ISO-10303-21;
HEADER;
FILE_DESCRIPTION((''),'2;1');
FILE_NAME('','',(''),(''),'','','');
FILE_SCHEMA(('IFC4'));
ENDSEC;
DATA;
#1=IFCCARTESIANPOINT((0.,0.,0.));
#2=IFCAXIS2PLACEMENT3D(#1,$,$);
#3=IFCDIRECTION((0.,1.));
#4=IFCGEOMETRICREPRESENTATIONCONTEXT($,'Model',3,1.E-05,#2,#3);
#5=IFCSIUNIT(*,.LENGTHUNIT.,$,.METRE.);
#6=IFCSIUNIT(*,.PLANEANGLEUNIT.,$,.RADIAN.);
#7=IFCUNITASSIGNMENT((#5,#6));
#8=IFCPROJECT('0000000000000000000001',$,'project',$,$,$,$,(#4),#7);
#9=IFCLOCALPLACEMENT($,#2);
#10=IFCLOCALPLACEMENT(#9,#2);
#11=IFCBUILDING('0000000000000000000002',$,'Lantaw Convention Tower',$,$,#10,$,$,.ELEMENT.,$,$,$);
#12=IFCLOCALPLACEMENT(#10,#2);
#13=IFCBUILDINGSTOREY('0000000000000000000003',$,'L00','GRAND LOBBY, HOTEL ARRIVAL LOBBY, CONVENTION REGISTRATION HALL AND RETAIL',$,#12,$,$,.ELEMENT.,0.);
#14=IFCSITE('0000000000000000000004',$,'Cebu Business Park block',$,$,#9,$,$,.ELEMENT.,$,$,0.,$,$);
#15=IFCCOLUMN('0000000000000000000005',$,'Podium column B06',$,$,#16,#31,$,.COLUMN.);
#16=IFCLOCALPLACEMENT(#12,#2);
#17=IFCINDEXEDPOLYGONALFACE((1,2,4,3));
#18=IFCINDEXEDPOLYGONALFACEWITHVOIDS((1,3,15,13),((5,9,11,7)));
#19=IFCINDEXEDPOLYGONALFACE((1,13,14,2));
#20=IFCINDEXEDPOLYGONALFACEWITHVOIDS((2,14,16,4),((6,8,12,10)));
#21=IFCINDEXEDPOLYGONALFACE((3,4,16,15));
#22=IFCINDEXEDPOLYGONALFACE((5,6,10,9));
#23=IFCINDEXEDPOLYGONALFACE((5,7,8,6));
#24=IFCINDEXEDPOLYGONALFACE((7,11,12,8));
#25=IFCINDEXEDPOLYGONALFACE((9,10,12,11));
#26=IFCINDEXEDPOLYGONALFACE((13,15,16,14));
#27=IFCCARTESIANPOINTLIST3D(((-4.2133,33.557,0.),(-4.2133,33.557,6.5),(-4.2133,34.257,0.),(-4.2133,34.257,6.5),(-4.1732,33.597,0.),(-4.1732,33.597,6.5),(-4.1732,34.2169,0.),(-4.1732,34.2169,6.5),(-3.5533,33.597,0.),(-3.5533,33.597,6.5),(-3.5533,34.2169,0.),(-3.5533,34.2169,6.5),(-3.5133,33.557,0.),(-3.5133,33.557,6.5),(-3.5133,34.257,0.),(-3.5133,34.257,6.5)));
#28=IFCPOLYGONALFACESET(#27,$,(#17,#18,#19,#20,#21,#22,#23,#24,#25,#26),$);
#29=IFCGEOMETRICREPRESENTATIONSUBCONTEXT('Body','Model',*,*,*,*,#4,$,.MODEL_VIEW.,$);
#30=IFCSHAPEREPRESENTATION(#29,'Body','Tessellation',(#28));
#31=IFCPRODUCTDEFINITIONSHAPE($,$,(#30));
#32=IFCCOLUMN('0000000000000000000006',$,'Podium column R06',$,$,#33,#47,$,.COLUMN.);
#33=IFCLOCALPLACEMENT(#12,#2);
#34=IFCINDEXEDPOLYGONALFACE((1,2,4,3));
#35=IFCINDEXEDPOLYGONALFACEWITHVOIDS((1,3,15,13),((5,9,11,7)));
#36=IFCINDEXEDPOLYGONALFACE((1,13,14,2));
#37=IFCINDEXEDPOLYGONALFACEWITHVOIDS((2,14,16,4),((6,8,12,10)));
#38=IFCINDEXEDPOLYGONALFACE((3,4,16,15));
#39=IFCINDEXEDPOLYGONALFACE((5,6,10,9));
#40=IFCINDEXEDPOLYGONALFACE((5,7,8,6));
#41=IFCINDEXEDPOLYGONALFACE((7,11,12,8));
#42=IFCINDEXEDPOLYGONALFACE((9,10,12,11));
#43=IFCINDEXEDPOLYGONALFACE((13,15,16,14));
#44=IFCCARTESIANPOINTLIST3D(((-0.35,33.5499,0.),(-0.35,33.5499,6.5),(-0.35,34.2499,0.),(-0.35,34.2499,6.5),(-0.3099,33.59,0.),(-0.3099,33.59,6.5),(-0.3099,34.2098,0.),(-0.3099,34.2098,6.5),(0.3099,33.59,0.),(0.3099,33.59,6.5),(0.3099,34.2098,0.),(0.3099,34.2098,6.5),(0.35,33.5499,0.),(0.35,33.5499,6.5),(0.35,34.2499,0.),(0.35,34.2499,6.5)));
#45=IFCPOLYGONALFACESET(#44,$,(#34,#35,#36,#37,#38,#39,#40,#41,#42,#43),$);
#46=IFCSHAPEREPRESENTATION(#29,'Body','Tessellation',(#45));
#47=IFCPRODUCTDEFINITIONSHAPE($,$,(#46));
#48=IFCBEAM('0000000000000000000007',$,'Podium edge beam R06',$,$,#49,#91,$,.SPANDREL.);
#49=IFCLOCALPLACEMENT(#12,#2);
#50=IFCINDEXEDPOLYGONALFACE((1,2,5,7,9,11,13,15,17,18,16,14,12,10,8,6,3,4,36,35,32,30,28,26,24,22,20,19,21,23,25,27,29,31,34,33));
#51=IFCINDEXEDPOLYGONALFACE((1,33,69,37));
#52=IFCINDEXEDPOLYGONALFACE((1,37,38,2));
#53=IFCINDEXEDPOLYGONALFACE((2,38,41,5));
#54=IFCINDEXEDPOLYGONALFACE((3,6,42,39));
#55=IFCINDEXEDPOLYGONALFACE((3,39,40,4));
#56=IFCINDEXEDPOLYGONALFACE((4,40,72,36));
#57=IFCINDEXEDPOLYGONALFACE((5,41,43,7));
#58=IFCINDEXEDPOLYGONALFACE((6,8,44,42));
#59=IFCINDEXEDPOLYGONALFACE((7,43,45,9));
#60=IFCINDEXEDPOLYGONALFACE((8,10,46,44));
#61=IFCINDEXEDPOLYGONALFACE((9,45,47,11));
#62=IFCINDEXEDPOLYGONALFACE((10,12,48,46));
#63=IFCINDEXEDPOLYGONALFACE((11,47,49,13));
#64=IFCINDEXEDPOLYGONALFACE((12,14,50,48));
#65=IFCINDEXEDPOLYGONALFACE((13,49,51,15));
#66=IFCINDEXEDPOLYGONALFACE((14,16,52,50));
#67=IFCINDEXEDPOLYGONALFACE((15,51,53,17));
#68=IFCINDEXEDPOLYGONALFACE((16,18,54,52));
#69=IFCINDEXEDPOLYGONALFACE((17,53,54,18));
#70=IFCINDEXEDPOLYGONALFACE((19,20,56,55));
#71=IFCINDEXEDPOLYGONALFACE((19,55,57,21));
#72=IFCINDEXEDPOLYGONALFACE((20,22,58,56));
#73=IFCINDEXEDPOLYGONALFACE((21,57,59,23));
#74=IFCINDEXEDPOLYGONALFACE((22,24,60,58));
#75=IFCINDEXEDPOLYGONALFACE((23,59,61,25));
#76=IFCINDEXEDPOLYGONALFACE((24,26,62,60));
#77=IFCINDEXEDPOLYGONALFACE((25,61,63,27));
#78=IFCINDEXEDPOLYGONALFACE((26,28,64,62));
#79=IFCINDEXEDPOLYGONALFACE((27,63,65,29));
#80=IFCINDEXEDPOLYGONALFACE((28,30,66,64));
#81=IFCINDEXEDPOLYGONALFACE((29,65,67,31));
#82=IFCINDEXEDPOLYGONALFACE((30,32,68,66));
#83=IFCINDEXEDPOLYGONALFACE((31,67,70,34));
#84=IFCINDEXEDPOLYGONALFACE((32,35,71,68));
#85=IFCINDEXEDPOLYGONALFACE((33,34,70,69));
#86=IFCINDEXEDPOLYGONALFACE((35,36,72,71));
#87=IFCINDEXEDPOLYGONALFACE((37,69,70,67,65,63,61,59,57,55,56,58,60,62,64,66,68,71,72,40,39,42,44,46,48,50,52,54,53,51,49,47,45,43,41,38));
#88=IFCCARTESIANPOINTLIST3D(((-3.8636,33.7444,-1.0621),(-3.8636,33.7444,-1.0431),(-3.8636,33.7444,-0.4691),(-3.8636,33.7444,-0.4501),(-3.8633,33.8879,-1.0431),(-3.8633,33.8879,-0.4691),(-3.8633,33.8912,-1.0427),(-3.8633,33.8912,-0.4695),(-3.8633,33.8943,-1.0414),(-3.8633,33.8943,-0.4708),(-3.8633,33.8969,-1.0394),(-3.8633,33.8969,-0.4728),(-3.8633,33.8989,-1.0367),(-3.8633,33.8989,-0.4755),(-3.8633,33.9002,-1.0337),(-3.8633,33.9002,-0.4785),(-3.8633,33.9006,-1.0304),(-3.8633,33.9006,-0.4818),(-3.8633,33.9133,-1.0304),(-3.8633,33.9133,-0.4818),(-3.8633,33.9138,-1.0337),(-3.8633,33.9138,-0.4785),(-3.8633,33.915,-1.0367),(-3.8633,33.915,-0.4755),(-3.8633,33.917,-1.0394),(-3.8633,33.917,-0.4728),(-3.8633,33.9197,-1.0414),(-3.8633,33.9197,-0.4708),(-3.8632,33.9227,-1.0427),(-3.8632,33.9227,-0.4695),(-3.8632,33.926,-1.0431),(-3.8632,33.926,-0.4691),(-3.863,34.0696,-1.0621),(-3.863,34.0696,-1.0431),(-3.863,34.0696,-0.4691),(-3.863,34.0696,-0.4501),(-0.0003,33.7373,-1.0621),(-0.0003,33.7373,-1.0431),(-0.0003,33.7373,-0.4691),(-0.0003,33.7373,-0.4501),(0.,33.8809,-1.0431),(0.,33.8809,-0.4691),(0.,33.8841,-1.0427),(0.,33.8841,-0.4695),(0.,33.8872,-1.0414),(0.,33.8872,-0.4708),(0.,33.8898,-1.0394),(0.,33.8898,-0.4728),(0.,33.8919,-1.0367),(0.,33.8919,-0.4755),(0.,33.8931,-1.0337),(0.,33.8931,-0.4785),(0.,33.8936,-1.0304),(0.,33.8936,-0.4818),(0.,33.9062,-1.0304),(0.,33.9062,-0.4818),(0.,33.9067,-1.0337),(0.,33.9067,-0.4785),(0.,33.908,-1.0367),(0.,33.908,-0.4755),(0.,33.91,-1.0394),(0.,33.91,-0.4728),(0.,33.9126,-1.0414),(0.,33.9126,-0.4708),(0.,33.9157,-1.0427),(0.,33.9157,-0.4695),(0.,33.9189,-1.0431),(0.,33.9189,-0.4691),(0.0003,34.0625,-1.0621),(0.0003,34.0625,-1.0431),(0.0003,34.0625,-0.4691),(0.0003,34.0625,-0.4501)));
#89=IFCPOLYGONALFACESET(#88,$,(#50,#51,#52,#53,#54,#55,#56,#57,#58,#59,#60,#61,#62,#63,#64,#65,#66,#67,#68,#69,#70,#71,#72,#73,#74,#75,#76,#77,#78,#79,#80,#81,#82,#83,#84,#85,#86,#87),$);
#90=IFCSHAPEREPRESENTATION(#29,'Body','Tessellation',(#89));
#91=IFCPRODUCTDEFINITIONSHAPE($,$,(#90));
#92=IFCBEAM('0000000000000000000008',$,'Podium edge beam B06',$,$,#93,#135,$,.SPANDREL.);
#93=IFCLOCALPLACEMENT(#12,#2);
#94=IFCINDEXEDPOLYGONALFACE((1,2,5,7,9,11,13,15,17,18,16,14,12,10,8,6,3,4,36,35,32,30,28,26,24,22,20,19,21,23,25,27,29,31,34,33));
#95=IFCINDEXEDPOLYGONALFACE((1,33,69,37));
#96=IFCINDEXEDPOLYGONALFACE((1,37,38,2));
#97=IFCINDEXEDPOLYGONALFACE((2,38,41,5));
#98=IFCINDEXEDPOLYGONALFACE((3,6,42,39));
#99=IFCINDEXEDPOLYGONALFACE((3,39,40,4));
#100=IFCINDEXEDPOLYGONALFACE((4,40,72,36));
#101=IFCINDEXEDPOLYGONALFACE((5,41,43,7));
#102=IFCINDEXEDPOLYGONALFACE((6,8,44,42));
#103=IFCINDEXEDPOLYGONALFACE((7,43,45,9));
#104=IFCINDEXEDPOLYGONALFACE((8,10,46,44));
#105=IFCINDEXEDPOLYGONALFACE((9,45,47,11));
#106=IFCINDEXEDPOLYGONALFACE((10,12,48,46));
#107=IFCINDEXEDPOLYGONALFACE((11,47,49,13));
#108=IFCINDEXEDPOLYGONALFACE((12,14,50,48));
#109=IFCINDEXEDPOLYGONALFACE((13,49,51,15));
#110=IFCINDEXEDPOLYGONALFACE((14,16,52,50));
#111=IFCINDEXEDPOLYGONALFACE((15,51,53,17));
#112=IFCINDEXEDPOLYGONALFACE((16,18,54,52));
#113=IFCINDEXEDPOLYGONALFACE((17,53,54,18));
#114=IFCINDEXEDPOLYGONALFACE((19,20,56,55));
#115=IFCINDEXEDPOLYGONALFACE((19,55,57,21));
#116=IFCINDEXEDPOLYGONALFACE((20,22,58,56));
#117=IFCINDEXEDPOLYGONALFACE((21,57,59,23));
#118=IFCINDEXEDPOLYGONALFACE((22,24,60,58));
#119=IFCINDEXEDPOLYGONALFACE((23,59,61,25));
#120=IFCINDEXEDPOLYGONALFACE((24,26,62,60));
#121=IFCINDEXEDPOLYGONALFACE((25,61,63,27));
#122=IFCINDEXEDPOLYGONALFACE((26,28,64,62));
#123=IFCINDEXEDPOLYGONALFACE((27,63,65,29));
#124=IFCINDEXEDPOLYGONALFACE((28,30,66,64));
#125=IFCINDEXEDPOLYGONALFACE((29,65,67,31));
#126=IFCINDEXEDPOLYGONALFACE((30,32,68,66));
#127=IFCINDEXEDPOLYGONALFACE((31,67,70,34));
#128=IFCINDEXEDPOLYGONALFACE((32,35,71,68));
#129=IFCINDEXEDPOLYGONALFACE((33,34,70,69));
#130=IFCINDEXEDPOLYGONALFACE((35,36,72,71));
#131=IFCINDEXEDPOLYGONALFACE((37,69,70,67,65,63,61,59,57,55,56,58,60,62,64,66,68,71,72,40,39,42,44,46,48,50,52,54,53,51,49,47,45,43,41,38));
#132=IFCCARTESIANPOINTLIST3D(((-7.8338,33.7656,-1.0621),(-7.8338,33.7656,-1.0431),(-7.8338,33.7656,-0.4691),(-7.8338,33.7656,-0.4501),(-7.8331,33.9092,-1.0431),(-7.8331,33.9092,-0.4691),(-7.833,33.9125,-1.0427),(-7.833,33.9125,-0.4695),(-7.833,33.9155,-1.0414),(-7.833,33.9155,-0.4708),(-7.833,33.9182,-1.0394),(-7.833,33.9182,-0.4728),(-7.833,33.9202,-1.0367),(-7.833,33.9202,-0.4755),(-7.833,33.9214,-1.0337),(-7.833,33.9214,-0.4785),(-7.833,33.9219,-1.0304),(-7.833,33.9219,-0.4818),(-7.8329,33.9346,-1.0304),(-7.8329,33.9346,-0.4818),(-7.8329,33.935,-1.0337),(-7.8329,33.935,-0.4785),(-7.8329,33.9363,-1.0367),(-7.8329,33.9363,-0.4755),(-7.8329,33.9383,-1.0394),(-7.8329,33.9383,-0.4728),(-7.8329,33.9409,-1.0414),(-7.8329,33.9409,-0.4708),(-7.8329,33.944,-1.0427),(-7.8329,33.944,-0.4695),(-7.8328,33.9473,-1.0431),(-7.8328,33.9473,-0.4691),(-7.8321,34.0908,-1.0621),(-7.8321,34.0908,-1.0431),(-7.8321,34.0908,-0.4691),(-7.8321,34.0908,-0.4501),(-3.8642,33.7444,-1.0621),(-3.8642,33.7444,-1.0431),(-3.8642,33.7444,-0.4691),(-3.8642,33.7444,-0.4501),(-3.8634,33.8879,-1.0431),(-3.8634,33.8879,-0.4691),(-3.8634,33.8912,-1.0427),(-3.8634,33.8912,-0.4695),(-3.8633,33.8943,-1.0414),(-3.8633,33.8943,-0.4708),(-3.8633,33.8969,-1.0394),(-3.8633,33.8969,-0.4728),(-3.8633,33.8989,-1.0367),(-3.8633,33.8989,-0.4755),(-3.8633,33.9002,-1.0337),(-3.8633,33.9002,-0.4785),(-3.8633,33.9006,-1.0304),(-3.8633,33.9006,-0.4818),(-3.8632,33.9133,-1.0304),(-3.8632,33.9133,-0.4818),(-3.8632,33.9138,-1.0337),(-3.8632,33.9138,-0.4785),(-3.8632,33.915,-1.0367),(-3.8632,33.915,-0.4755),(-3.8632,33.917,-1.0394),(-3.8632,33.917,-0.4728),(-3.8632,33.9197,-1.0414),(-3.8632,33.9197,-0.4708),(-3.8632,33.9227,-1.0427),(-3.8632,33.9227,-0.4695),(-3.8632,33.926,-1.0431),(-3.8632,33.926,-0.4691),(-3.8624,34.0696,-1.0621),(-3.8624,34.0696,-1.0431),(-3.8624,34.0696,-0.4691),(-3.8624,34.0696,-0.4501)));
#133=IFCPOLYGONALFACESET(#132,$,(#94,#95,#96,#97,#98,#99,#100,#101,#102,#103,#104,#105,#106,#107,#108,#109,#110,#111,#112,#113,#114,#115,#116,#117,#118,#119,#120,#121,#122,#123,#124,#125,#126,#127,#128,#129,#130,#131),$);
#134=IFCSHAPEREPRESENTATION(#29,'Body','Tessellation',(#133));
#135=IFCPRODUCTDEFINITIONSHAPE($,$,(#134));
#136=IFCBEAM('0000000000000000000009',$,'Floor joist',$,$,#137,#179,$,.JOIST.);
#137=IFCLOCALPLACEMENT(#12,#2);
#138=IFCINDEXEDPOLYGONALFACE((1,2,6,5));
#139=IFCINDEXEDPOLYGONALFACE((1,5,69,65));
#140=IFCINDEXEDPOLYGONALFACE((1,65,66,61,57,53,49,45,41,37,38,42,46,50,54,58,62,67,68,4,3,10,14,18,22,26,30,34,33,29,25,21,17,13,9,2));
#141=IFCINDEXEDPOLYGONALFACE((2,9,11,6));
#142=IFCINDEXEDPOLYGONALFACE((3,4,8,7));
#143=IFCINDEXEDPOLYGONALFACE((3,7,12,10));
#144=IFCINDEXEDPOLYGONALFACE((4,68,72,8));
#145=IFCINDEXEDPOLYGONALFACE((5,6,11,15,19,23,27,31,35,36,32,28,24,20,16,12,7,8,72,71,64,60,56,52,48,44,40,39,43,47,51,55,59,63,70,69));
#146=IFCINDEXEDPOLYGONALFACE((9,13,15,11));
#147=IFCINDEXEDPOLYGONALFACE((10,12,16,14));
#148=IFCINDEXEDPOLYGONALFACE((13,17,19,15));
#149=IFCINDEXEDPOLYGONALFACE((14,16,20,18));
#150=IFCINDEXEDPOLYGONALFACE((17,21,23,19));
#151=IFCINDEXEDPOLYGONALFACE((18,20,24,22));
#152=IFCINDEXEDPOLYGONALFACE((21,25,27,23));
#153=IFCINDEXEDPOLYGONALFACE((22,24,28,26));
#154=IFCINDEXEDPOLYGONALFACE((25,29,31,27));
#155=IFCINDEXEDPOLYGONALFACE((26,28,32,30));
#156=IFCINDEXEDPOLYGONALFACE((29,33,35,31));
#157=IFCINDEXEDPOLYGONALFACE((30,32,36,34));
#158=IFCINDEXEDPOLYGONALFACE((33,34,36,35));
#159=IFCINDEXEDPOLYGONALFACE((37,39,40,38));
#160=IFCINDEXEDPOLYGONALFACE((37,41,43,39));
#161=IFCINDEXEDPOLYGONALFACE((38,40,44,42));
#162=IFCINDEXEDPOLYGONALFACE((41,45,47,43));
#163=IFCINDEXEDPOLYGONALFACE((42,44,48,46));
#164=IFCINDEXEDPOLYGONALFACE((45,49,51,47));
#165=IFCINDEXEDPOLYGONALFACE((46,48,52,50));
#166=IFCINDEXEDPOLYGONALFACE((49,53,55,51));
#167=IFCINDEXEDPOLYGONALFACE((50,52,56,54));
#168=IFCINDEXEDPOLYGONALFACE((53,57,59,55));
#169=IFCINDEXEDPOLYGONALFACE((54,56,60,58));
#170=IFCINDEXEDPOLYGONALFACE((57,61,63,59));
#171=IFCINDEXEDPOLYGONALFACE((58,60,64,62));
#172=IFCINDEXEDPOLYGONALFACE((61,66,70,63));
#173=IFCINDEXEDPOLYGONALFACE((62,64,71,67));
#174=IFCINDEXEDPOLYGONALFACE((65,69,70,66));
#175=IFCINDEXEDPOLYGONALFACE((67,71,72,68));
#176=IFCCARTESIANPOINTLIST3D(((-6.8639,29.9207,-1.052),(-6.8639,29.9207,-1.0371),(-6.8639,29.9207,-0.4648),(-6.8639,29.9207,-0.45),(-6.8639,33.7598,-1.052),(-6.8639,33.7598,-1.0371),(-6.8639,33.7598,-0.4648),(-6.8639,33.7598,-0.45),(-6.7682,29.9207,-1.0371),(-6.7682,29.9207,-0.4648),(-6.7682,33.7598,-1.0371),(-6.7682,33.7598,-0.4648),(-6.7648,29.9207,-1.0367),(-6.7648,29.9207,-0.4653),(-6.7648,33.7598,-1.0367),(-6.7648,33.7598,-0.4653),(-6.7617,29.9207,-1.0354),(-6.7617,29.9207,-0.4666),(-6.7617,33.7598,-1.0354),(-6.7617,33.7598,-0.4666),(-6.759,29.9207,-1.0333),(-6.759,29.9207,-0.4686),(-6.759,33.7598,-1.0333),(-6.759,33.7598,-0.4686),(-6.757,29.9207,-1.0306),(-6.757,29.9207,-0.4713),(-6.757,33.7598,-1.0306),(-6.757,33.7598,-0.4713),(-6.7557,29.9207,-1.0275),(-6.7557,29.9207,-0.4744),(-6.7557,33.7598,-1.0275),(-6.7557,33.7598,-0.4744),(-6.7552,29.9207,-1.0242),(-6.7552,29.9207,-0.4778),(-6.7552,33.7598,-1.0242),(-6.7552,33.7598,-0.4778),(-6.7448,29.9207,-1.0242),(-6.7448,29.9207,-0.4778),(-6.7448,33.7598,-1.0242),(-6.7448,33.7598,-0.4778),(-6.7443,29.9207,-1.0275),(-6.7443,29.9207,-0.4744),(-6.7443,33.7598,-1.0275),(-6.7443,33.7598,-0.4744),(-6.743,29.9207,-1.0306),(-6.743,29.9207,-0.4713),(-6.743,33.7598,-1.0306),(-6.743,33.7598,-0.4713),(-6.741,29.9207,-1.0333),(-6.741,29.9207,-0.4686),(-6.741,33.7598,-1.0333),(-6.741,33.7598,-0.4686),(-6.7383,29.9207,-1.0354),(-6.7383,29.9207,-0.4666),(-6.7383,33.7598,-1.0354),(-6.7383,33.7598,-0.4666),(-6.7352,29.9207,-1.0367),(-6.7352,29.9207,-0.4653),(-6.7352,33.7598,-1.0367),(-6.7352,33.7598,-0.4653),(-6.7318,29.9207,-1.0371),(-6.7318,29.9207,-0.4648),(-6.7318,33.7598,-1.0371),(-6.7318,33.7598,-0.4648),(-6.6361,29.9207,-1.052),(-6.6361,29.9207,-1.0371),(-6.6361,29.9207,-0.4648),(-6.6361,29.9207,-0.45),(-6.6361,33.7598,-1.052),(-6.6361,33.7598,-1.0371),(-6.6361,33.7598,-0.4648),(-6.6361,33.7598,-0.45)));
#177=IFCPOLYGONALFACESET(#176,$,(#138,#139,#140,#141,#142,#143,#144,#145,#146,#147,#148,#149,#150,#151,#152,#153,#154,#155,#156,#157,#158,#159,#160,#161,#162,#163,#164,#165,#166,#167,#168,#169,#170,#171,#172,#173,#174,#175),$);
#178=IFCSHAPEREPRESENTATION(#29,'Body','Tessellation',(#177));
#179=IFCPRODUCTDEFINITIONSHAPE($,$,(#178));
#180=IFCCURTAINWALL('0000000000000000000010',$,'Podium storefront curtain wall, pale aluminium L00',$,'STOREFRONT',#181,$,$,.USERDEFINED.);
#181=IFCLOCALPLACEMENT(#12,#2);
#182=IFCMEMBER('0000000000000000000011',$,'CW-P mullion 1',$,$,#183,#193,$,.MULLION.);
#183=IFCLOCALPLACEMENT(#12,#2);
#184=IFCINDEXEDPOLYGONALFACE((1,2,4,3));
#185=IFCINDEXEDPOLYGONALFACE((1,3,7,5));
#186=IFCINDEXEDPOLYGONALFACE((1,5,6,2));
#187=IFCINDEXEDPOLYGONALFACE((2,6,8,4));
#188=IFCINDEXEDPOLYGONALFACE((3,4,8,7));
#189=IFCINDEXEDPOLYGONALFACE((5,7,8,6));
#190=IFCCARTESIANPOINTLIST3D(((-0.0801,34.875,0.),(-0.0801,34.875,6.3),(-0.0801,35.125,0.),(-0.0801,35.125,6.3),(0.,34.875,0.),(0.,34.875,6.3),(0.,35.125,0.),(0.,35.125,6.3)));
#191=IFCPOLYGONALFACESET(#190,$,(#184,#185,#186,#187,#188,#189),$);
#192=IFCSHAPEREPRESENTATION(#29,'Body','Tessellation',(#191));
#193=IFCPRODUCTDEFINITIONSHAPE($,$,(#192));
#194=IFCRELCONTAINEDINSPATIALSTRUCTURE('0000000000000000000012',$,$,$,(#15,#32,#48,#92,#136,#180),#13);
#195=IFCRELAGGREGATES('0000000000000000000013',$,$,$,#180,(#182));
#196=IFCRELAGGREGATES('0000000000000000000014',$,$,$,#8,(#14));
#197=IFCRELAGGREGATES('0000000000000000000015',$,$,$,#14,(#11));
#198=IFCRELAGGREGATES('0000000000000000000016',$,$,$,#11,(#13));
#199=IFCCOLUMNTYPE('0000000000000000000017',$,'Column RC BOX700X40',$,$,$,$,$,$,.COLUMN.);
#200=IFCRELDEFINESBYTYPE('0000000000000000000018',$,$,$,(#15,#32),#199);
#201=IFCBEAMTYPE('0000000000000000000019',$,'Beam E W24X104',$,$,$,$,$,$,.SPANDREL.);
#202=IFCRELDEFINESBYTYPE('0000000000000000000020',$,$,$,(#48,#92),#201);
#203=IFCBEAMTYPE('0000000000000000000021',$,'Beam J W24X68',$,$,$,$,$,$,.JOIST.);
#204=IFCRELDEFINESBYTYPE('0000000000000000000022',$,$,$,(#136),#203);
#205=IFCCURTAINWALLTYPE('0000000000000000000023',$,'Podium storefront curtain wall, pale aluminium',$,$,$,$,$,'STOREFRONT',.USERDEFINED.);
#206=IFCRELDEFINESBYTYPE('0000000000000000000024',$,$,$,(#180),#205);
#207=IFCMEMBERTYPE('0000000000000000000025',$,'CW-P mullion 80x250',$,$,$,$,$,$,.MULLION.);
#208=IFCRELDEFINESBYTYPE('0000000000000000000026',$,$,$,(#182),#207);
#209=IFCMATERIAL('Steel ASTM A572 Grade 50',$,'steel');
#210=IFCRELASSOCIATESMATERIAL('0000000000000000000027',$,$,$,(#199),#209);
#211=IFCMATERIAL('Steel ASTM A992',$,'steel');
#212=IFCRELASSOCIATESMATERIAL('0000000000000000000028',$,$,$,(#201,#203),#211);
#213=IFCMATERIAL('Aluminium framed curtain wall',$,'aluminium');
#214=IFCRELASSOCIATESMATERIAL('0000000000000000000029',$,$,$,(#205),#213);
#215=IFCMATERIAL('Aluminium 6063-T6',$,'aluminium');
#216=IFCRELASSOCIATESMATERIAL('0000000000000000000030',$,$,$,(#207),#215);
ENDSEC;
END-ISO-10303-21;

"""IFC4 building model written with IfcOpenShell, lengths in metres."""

from ifc_helpers import new_model, si_unit, direction, frame, origin, origin_2d, place, context, subcontext, project, spatial, rectangle, hollow_rectangle, i_section, extrude, material, material_profile, profile_set, type_object, element, aggregate, save


model = new_model("IFC4")

# Units and contexts
model_context = context("Model", 3, precision=1e-05, world=origin(), true_north=direction((0.0, 1.0)))
body_context = subcontext(model_context, "Body", "Model", "MODEL_VIEW")
ifc_project = project(units=[si_unit("LENGTHUNIT", "METRE"), si_unit("PLANEANGLEUNIT", "RADIAN")], contexts=[model_context])

# Site, building, storey
site_placement = place(None, origin())
site = spatial("IfcSite", under=ifc_project, at=site_placement, Name="Cebu Business Park block", CompositionType="ELEMENT", RefElevation=0.0)
building_placement = place(site_placement, origin())
building = spatial("IfcBuilding", under=site, at=building_placement, Name="Lantaw Convention Tower", CompositionType="ELEMENT")
storey_placement = place(building_placement, origin())
storey = spatial("IfcBuildingStorey", under=building, at=storey_placement, Name="L00", Description="GRAND LOBBY, HOTEL ARRIVAL LOBBY, CONVENTION REGISTRATION HALL AND RETAIL", CompositionType="ELEMENT", Elevation=0.0)

# Columns
ifc_material_1 = material(Name="Steel ASTM A572 Grade 50", Category="steel")
ifc_material_profile_1 = material_profile(ifc_material_1, hollow_rectangle(XDim=0.7, YDim=0.7, WallThickness=0.04, at=origin_2d()), Name="BOX700X40")
ifc_profile_set_1 = profile_set([ifc_material_profile_1], Name="Steel ASTM A572 Grade 50")
column_type = type_object("IfcColumnType", Name="Column RC BOX700X40", PredefinedType="COLUMN", material=ifc_profile_set_1)
for number, where, z_axis, x_axis, name in (
    (1, (-3.8633, 33.907, 0.0), (0.0, 0.0, 1.0), (1.0, 0.0, 0.0), "Podium column B06"),
    (2, (0.0, 33.8999, 0.0), (0.0, 0.0, 1.0), (1.0, 0.0, 0.0), "Podium column R06"),
):
    element("IfcColumn", number, at=place(storey_placement, frame(where, z_axis=z_axis, x_axis=x_axis)), inside=storey, type_object=column_type, Name=name, PredefinedType="COLUMN", context=body_context, shape_type="SweptSolid", body=[
        extrude(hollow_rectangle(XDim=0.7, YDim=0.7, WallThickness=0.04, at=origin_2d()), origin(), (0.0, 0.0, 1.0), 6.5),
    ])

# Beams
ifc_material_2 = material(Name="Steel ASTM A992", Category="steel")
ifc_material_profile_2 = material_profile(ifc_material_2, i_section(OverallWidth=0.3252, OverallDepth=0.6121, WebThickness=0.0127, FlangeThickness=0.019, FilletRadius=0.0127, at=origin_2d()), Name="W24X104")
ifc_profile_set_2 = profile_set([ifc_material_profile_2], Name="Steel ASTM A992")
beam_type_1 = type_object("IfcBeamType", Name="Beam E W24X104", PredefinedType="SPANDREL", material=ifc_profile_set_2)
beam_1_placement = place(storey_placement, frame((0.0, 33.8999, -0.7561), z_axis=(-0.999998, 0.001833, 0.0), x_axis=(-0.001833, -0.999998, 0.0)))
element("IfcBeam", 3, at=beam_1_placement, inside=storey, type_object=beam_type_1, Name="Podium edge beam R06", PredefinedType="SPANDREL", context=body_context, shape_type="SweptSolid", body=[
    extrude(i_section(OverallWidth=0.3252, OverallDepth=0.6121, WebThickness=0.0127, FlangeThickness=0.019, FilletRadius=0.0127, at=origin_2d()), origin(), (0.0, 0.0, 1.0), 3.8633),
])
beam_2_placement = place(storey_placement, frame((-3.8633, 33.907, -0.7561), z_axis=(-0.999986, 0.00535, 0.0), x_axis=(-0.00535, -0.999986, 0.0)))
element("IfcBeam", 4, at=beam_2_placement, inside=storey, type_object=beam_type_1, Name="Podium edge beam B06", PredefinedType="SPANDREL", context=body_context, shape_type="SweptSolid", body=[
    extrude(i_section(OverallWidth=0.3252, OverallDepth=0.6121, WebThickness=0.0127, FlangeThickness=0.019, FilletRadius=0.0127, at=origin_2d()), origin(), (0.0, 0.0, 1.0), 3.9697),
])
ifc_material_profile_3 = material_profile(ifc_material_2, i_section(OverallWidth=0.2278, OverallDepth=0.6021, WebThickness=0.0105, FlangeThickness=0.0149, FilletRadius=0.0129, at=origin_2d()), Name="W24X68")
ifc_profile_set_3 = profile_set([ifc_material_profile_3], Name="Steel ASTM A992")
beam_type_2 = type_object("IfcBeamType", Name="Beam J W24X68", PredefinedType="JOIST", material=ifc_profile_set_3)
beam_3_placement = place(storey_placement, frame((-6.75, 29.9207, -0.751), z_axis=(0.0, 1.0, 0.0), x_axis=(-1.0, 0.0, 0.0)))
element("IfcBeam", 5, at=beam_3_placement, inside=storey, type_object=beam_type_2, Name="Floor joist", PredefinedType="JOIST", context=body_context, shape_type="SweptSolid", body=[
    extrude(i_section(OverallWidth=0.2278, OverallDepth=0.6021, WebThickness=0.0105, FlangeThickness=0.0149, FilletRadius=0.0129, at=origin_2d()), origin(), (0.0, 0.0, 1.0), 3.8391),
])

# Curtain wall, member
ifc_material_3 = material(Name="Aluminium framed curtain wall", Category="aluminium")
curtain_wall_type = type_object("IfcCurtainWallType", Name="Podium storefront curtain wall, pale aluminium", ElementType="STOREFRONT", PredefinedType="USERDEFINED", material=ifc_material_3)
curtain_wall_1_placement = place(storey_placement, origin())
curtain_wall_1 = element("IfcCurtainWall", 6, at=curtain_wall_1_placement, inside=storey, type_object=curtain_wall_type, Name="Podium storefront curtain wall, pale aluminium L00", ObjectType="STOREFRONT", PredefinedType="USERDEFINED")
ifc_material_4 = material(Name="Aluminium 6063-T6", Category="aluminium")
ifc_material_profile_4 = material_profile(ifc_material_4, rectangle(XDim=0.25, YDim=0.0801, at=origin_2d()), Name="CW-P mullion 80x250")
ifc_profile_set_4 = profile_set([ifc_material_profile_4], Name="Aluminium 6063-T6")
member_type_1 = type_object("IfcMemberType", Name="CW-P mullion 80x250", PredefinedType="MULLION", material=ifc_profile_set_4)
member_1_placement = place(storey_placement, frame((-0.04, 35.0, 0.0), z_axis=(0.0, 0.0, 1.0), x_axis=(0.0, -1.0, 0.0)))
member_1 = element("IfcMember", 7, at=member_1_placement, type_object=member_type_1, Name="CW-P mullion 1", PredefinedType="MULLION", context=body_context, shape_type="SweptSolid", body=[
    extrude(rectangle(XDim=0.25, YDim=0.0801, at=origin_2d()), origin(), (0.0, 0.0, 1.0), 6.3),
])

aggregate(curtain_wall_1, [member_1])

save(model, "model.ifc")
